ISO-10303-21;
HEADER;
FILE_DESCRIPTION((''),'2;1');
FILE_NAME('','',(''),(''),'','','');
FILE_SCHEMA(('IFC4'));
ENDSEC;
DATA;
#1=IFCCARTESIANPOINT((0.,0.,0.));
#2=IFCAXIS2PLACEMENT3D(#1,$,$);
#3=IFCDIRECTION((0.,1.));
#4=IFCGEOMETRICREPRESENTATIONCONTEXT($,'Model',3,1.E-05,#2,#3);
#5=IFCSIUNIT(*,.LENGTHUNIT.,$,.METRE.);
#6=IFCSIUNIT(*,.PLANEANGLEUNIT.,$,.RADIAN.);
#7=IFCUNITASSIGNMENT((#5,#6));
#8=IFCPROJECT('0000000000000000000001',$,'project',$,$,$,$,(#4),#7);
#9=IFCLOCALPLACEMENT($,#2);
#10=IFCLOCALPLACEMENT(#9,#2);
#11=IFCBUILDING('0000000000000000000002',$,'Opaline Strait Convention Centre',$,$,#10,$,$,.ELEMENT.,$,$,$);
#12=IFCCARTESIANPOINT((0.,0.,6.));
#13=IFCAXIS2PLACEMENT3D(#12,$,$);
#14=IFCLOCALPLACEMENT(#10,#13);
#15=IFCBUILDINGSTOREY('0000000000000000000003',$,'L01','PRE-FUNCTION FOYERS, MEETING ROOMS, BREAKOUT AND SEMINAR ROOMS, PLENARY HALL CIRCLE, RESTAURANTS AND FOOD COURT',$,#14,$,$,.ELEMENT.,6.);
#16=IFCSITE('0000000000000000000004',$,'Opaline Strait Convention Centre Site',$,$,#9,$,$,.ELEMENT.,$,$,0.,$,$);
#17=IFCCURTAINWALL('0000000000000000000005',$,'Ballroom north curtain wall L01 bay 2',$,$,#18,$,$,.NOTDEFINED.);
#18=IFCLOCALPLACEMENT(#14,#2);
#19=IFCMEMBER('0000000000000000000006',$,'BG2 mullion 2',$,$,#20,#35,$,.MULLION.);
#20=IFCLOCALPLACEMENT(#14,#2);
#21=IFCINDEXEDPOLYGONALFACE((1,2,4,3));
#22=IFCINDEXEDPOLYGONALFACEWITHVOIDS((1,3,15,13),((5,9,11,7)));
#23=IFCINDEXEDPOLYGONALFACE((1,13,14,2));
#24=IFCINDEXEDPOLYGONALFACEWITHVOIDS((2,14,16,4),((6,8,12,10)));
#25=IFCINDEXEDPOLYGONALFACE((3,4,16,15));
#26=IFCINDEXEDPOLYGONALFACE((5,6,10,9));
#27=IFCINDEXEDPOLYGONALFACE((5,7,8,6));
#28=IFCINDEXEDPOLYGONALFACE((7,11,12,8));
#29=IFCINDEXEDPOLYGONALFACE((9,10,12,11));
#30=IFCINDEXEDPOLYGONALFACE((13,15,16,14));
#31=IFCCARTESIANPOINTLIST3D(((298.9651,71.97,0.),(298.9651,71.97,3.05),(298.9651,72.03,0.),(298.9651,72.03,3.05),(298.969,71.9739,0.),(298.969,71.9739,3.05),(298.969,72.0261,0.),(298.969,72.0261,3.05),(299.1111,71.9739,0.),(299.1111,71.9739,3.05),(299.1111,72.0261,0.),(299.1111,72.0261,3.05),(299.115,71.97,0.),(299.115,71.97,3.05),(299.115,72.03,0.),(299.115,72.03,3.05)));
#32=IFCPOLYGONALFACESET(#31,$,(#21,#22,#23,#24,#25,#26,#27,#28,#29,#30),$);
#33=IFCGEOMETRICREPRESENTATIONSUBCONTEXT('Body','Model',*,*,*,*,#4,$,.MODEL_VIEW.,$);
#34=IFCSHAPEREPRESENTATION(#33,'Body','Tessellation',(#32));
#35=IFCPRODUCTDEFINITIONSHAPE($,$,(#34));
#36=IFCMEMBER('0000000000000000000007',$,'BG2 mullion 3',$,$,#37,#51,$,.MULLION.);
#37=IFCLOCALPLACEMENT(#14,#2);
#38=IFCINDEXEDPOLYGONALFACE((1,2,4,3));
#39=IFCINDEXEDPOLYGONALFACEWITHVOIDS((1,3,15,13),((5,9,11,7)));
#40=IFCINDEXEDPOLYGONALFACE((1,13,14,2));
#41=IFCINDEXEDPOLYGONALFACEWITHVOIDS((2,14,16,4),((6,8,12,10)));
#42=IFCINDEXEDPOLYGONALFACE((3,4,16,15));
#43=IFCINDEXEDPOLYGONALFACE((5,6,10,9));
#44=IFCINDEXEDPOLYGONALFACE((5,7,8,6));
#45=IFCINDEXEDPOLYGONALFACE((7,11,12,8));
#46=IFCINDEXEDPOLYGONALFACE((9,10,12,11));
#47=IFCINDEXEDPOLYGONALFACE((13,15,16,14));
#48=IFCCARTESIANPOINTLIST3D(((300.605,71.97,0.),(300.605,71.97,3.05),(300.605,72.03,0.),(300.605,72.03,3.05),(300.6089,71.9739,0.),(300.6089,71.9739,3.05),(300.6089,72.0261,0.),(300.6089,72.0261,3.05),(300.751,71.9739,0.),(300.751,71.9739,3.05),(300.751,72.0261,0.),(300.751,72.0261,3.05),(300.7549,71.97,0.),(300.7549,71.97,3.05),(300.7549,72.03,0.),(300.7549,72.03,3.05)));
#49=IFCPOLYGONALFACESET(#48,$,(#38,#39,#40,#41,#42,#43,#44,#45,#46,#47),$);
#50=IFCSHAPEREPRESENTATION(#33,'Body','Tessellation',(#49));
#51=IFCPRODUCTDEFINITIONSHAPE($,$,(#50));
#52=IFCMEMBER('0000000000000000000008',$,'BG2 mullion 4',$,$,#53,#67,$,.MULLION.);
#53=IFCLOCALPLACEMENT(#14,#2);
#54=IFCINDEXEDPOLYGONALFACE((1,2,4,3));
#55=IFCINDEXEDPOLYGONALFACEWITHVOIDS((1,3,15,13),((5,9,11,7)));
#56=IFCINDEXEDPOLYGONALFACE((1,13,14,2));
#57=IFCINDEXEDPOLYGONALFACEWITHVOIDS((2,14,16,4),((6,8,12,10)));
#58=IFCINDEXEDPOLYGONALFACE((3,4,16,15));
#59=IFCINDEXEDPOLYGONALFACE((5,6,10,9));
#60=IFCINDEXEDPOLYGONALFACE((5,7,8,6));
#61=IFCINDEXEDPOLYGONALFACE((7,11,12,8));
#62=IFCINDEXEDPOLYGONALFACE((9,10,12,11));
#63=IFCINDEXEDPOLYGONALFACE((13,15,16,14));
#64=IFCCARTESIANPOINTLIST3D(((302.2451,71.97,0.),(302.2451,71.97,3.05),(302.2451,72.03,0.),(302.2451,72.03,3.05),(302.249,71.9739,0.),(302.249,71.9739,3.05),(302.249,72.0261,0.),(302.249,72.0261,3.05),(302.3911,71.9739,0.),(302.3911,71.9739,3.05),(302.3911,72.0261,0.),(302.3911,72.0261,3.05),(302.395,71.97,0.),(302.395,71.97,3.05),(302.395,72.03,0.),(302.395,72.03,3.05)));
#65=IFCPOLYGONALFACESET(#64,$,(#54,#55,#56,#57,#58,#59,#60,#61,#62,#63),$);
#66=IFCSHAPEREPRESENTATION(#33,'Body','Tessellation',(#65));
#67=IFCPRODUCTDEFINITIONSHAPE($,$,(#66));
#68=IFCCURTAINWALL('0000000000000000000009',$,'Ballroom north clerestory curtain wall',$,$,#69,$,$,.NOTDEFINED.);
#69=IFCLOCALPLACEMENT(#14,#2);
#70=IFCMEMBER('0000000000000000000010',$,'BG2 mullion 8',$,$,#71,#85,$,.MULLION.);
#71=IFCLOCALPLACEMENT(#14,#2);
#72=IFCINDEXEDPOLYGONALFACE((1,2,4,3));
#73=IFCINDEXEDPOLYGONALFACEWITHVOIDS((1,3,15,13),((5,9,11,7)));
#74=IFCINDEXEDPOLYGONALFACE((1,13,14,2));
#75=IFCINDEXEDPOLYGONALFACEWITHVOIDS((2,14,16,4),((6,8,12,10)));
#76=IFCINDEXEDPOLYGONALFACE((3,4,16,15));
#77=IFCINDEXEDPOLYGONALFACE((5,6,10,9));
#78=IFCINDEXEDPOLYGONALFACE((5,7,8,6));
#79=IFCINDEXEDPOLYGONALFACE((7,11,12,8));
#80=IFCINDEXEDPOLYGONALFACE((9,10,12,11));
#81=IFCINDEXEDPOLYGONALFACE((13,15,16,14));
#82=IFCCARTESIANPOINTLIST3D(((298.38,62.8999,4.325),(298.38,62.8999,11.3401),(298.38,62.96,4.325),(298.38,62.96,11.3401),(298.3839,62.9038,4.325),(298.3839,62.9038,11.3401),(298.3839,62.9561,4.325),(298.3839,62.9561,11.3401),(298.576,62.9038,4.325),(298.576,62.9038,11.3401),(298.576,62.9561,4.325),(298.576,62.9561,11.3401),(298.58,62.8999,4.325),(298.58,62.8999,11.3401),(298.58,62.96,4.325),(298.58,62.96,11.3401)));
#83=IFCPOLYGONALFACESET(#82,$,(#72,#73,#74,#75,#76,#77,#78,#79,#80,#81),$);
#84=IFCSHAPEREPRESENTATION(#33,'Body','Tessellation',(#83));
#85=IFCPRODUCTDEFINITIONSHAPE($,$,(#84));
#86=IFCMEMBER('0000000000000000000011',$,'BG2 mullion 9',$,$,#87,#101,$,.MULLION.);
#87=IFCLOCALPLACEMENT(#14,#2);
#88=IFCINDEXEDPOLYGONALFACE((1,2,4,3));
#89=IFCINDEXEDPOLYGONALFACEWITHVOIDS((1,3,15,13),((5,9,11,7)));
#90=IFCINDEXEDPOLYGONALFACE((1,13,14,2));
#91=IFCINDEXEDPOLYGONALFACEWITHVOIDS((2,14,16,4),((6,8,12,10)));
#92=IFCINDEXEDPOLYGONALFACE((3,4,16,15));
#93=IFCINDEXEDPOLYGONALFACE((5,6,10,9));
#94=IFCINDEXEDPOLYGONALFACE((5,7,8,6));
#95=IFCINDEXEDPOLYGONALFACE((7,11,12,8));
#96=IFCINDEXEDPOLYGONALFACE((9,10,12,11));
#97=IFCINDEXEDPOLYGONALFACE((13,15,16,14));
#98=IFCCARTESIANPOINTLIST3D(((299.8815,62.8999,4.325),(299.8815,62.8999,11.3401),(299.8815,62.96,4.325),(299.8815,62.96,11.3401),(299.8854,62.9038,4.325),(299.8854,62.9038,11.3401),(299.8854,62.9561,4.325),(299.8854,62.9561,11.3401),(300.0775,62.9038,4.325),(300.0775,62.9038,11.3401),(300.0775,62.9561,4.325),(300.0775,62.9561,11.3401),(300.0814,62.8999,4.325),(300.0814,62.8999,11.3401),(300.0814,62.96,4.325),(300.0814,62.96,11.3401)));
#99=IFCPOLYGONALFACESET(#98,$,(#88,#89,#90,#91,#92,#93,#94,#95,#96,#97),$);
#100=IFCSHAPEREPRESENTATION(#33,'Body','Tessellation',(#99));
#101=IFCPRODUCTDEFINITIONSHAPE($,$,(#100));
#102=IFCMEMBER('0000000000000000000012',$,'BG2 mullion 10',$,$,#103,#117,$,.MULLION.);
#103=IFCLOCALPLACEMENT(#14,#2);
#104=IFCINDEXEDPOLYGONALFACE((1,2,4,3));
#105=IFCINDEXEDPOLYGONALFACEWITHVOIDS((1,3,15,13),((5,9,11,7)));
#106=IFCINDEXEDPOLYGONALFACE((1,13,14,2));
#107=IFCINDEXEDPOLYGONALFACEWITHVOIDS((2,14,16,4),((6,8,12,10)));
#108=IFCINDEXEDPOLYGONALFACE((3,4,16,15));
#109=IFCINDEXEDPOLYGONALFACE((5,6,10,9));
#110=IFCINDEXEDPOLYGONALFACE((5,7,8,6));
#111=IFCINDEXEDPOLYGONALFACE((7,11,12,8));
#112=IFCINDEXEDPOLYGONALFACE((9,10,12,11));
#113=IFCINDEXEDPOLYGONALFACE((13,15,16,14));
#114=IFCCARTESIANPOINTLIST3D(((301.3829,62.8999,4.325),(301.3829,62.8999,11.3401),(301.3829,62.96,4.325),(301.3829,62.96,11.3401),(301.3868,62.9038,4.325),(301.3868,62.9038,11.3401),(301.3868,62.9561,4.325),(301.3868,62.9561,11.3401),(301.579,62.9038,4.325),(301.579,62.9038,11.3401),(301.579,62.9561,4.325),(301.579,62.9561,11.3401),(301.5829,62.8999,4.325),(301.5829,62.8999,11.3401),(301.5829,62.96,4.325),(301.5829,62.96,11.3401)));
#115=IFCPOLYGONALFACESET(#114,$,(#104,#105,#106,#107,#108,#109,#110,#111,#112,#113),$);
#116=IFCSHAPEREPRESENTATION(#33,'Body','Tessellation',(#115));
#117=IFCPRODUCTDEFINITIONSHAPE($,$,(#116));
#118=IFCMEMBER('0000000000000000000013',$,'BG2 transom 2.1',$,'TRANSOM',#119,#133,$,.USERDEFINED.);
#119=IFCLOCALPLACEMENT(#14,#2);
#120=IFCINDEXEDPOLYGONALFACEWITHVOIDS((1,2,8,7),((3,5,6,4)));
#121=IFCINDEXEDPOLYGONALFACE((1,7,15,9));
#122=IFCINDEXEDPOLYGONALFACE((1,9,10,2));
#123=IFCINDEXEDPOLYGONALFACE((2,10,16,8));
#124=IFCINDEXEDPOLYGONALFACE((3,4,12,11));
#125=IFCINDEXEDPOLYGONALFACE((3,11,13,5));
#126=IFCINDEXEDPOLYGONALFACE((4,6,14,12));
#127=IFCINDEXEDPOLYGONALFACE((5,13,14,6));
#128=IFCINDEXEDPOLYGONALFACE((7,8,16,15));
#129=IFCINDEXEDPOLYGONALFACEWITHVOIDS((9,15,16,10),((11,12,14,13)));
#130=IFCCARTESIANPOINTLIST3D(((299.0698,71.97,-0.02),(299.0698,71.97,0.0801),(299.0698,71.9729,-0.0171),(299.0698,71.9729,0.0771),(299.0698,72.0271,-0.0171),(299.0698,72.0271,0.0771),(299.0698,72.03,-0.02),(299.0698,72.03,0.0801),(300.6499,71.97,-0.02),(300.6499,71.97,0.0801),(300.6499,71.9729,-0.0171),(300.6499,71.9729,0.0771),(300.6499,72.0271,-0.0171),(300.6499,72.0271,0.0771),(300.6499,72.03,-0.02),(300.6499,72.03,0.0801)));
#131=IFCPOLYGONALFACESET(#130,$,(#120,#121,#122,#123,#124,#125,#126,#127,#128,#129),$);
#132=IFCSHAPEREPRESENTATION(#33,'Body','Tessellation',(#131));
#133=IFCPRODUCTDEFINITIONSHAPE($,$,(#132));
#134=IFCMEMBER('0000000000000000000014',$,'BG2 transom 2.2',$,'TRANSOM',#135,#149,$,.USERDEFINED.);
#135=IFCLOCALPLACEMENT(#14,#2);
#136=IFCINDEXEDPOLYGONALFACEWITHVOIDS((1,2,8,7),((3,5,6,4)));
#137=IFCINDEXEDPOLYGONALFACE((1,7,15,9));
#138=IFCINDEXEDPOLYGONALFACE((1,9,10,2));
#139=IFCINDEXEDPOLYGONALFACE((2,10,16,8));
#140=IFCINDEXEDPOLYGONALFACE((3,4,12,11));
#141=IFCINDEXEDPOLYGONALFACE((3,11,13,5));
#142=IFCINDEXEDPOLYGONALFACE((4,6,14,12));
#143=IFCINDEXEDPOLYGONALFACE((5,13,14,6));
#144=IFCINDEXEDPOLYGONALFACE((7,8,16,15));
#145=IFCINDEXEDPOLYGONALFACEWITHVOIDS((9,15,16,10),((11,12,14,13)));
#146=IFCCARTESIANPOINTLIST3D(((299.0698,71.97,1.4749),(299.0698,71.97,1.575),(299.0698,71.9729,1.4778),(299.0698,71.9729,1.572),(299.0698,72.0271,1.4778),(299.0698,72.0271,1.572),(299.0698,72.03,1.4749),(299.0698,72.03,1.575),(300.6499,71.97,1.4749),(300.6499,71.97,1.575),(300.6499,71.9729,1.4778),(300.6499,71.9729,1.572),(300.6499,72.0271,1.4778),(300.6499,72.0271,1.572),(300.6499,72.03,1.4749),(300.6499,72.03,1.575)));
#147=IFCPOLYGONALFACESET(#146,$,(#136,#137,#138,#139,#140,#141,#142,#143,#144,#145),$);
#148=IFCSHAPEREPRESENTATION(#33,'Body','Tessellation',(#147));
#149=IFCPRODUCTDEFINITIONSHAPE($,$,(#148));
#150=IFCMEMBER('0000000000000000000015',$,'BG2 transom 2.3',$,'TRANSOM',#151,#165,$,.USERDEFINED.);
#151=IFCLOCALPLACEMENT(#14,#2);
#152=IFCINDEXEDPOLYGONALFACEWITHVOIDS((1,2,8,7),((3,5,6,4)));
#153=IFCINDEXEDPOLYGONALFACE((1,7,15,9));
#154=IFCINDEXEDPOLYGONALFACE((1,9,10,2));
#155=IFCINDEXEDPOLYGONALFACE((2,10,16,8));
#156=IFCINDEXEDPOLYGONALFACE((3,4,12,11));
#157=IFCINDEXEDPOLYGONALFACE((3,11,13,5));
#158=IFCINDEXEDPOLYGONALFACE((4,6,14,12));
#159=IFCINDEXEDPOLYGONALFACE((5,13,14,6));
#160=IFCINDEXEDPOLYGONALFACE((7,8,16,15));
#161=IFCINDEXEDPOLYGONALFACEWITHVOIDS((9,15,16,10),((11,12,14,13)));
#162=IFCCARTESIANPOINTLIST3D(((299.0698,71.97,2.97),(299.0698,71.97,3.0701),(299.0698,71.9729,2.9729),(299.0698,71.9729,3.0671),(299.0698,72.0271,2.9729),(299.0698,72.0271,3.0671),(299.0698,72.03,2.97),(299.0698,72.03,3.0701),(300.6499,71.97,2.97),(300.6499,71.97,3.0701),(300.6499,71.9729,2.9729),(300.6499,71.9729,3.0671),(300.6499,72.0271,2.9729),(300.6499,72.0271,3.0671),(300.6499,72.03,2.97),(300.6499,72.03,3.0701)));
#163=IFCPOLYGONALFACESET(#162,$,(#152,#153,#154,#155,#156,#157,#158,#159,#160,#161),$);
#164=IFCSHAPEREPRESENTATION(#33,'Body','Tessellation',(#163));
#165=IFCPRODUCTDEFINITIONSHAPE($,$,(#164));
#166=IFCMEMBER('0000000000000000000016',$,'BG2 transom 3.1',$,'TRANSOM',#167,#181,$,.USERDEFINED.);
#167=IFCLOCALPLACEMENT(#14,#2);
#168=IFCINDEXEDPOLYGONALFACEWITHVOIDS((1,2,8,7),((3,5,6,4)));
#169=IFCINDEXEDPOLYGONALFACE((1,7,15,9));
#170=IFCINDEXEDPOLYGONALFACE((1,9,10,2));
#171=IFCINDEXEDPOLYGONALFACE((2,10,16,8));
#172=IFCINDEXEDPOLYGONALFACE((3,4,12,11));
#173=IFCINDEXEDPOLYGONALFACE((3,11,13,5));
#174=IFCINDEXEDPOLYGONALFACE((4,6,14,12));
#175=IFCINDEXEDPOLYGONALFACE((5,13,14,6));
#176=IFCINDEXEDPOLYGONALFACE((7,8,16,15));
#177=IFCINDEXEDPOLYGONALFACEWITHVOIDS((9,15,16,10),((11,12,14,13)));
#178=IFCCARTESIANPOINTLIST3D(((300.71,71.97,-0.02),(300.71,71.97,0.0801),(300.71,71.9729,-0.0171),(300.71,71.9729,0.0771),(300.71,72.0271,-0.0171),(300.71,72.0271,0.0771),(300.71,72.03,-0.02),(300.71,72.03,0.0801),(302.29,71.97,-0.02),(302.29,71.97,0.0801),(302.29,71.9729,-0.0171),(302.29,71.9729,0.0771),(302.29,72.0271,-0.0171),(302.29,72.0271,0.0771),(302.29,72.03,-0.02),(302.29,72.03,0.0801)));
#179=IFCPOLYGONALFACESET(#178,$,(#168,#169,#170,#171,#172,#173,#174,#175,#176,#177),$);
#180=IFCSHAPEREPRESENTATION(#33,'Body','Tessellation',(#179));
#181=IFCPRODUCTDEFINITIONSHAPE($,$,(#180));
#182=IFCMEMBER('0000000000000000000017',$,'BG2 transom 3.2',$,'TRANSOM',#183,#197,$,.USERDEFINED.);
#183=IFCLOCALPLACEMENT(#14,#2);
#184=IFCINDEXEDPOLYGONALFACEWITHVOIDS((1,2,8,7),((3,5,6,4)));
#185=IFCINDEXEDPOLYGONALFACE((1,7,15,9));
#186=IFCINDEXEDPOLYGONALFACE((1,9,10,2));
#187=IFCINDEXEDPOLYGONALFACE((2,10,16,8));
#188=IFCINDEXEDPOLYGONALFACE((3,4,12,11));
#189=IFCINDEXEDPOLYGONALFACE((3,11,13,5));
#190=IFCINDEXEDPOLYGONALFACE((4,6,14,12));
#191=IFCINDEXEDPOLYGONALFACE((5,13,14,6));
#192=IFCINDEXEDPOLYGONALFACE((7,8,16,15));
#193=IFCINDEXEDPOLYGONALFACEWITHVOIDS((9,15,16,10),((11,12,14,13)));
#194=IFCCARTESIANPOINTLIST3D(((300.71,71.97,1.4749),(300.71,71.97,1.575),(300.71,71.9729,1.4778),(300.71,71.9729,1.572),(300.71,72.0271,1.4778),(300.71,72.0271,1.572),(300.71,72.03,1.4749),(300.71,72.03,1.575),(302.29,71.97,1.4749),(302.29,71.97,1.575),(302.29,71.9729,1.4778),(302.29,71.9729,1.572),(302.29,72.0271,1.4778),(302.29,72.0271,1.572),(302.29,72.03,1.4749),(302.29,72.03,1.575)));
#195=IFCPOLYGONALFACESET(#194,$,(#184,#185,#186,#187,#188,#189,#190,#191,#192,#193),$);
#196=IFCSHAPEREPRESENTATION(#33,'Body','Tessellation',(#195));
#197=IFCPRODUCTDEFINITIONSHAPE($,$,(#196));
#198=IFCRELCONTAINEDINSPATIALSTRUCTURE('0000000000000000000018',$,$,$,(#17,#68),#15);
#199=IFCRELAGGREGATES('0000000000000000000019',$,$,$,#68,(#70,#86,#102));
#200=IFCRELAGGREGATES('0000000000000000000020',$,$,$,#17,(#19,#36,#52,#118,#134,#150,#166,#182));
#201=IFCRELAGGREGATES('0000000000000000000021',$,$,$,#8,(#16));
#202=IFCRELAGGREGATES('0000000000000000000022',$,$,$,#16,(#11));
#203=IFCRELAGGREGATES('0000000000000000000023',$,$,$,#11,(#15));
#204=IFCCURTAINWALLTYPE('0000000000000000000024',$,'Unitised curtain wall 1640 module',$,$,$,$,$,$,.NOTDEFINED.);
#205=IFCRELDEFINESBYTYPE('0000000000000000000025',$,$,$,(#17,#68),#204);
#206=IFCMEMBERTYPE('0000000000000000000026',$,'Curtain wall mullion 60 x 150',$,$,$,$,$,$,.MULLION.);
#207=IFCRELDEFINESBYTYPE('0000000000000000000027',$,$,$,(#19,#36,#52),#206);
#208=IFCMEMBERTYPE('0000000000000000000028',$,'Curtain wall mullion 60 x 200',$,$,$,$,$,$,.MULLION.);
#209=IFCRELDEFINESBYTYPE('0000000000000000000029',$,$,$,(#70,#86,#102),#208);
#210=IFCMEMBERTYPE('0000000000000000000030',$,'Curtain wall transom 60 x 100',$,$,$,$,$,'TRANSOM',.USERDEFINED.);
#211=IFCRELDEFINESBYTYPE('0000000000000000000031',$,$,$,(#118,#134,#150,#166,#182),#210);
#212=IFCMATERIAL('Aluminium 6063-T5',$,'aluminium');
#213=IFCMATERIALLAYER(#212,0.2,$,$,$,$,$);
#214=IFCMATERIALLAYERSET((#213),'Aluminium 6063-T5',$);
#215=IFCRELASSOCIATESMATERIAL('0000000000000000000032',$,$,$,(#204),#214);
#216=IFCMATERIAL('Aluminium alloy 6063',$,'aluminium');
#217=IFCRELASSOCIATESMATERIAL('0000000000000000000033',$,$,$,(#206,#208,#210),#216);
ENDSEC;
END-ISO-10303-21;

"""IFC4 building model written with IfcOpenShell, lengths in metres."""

from ifc_helpers import new_model, si_unit, direction, frame, origin, origin_2d, place, context, subcontext, project, spatial, hollow_rectangle, extrude, material, layer, layer_set, material_profile, profile_set, type_object, element, aggregate, save


model = new_model("IFC4")

# Units and contexts
model_context = context("Model", 3, precision=1e-05, world=origin(), true_north=direction((0.0, 1.0)))
body_context = subcontext(model_context, "Body", "Model", "MODEL_VIEW")
ifc_project = project(units=[si_unit("LENGTHUNIT", "METRE"), si_unit("PLANEANGLEUNIT", "RADIAN")], contexts=[model_context])

# Site, building, storey
site_placement = place(None, origin())
site = spatial("IfcSite", under=ifc_project, at=site_placement, Name="Opaline Strait Convention Centre Site", CompositionType="ELEMENT", RefElevation=0.0)
building_placement = place(site_placement, origin())
building = spatial("IfcBuilding", under=site, at=building_placement, Name="Opaline Strait Convention Centre", CompositionType="ELEMENT")
storey_placement = place(building_placement, frame((0.0, 0.0, 6.0)))
storey = spatial("IfcBuildingStorey", under=building, at=storey_placement, Name="L01", Description="PRE-FUNCTION FOYERS, MEETING ROOMS, BREAKOUT AND SEMINAR ROOMS, PLENARY HALL CIRCLE, RESTAURANTS AND FOOD COURT", CompositionType="ELEMENT", Elevation=6.0)

# Curtain walls, members
ifc_material_1 = material(Name="Aluminium 6063-T5", Category="aluminium")
ifc_layer_1 = layer(ifc_material_1, 0.2)
ifc_layer_set_1 = layer_set([ifc_layer_1], Name="Aluminium 6063-T5")
curtain_wall_type = type_object("IfcCurtainWallType", Name="Unitised curtain wall 1640 module", PredefinedType="NOTDEFINED", material=ifc_layer_set_1)
curtain_wall_1_placement = place(storey_placement, origin())
curtain_wall_1 = element("IfcCurtainWall", 1, at=curtain_wall_1_placement, inside=storey, type_object=curtain_wall_type, Name="Ballroom north curtain wall L01 bay 2", PredefinedType="NOTDEFINED")
ifc_material_2 = material(Name="Aluminium alloy 6063", Category="aluminium")
ifc_material_profile_1 = material_profile(ifc_material_2, hollow_rectangle(XDim=0.0601, YDim=0.1499, WallThickness=0.0039, at=origin_2d()), Name="MULLION 60x150x4")
ifc_profile_set_1 = profile_set([ifc_material_profile_1], Name="Aluminium alloy 6063")
member_type_1 = type_object("IfcMemberType", Name="Curtain wall mullion 60 x 150", PredefinedType="MULLION", material=ifc_profile_set_1)
member_1_placement = place(storey_placement, frame((299.04, 72.0, 0.0), z_axis=(0.0, 0.0, 1.0), x_axis=(0.0, 1.0, 0.0)))
member_1 = element("IfcMember", 2, at=member_1_placement, type_object=member_type_1, Name="BG2 mullion 2", PredefinedType="MULLION", context=body_context, shape_type="SweptSolid", body=[
    extrude(hollow_rectangle(XDim=0.0601, YDim=0.1499, WallThickness=0.0039, at=origin_2d()), origin(), (0.0, 0.0, 1.0), 3.05),
])
member_2_placement = place(storey_placement, frame((300.6799, 72.0, 0.0), z_axis=(0.0, 0.0, 1.0), x_axis=(0.0, 1.0, 0.0)))
member_2 = element("IfcMember", 3, at=member_2_placement, type_object=member_type_1, Name="BG2 mullion 3", PredefinedType="MULLION", context=body_context, shape_type="SweptSolid", body=[
    extrude(hollow_rectangle(XDim=0.0601, YDim=0.1499, WallThickness=0.0039, at=origin_2d()), origin(), (0.0, 0.0, 1.0), 3.05),
])
member_3_placement = place(storey_placement, frame((302.3201, 72.0, 0.0), z_axis=(0.0, 0.0, 1.0), x_axis=(0.0, 1.0, 0.0)))
member_3 = element("IfcMember", 4, at=member_3_placement, type_object=member_type_1, Name="BG2 mullion 4", PredefinedType="MULLION", context=body_context, shape_type="SweptSolid", body=[
    extrude(hollow_rectangle(XDim=0.0601, YDim=0.1499, WallThickness=0.0039, at=origin_2d()), origin(), (0.0, 0.0, 1.0), 3.05),
])
curtain_wall_2_placement = place(storey_placement, origin())
curtain_wall_2 = element("IfcCurtainWall", 5, at=curtain_wall_2_placement, inside=storey, type_object=curtain_wall_type, Name="Ballroom north clerestory curtain wall", PredefinedType="NOTDEFINED")
ifc_material_profile_2 = material_profile(ifc_material_2, hollow_rectangle(XDim=0.0601, YDim=0.2, WallThickness=0.0039, at=origin_2d()), Name="MULLION 60x200x4")
ifc_profile_set_2 = profile_set([ifc_material_profile_2], Name="Aluminium alloy 6063")
member_type_2 = type_object("IfcMemberType", Name="Curtain wall mullion 60 x 200", PredefinedType="MULLION", material=ifc_profile_set_2)
member_4_placement = place(storey_placement, frame((298.48, 62.9299, 4.325), z_axis=(0.0, 0.0, 1.0), x_axis=(0.0, 1.0, 0.0)))
member_4 = element("IfcMember", 6, at=member_4_placement, type_object=member_type_2, Name="BG2 mullion 8", PredefinedType="MULLION", context=body_context, shape_type="SweptSolid", body=[
    extrude(hollow_rectangle(XDim=0.0601, YDim=0.2, WallThickness=0.0039, at=origin_2d()), origin(), (0.0, 0.0, 1.0), 7.0151),
])
member_5_placement = place(storey_placement, frame((299.9814, 62.9299, 4.325), z_axis=(0.0, 0.0, 1.0), x_axis=(0.0, 1.0, 0.0)))
member_5 = element("IfcMember", 7, at=member_5_placement, type_object=member_type_2, Name="BG2 mullion 9", PredefinedType="MULLION", context=body_context, shape_type="SweptSolid", body=[
    extrude(hollow_rectangle(XDim=0.0601, YDim=0.2, WallThickness=0.0039, at=origin_2d()), origin(), (0.0, 0.0, 1.0), 7.0151),
])
member_6_placement = place(storey_placement, frame((301.4829, 62.9299, 4.325), z_axis=(0.0, 0.0, 1.0), x_axis=(0.0, 1.0, 0.0)))
member_6 = element("IfcMember", 8, at=member_6_placement, type_object=member_type_2, Name="BG2 mullion 10", PredefinedType="MULLION", context=body_context, shape_type="SweptSolid", body=[
    extrude(hollow_rectangle(XDim=0.0601, YDim=0.2, WallThickness=0.0039, at=origin_2d()), origin(), (0.0, 0.0, 1.0), 7.0151),
])

# Members
ifc_material_profile_3 = material_profile(ifc_material_2, hollow_rectangle(XDim=0.0601, YDim=0.1001, WallThickness=0.0029, at=origin_2d()), Name="TRANSOM 60x100x3")
ifc_profile_set_3 = profile_set([ifc_material_profile_3], Name="Aluminium alloy 6063")
member_type_3 = type_object("IfcMemberType", Name="Curtain wall transom 60 x 100", ElementType="TRANSOM", PredefinedType="USERDEFINED", material=ifc_profile_set_3)
member_7_placement = place(storey_placement, frame((299.0698, 72.0, 0.03), z_axis=(1.0, 0.0, 0.0), x_axis=(0.0, 1.0, 0.0)))
member_7 = element("IfcMember", 9, at=member_7_placement, type_object=member_type_3, Name="BG2 transom 2.1", ObjectType="TRANSOM", PredefinedType="USERDEFINED", context=body_context, shape_type="SweptSolid", body=[
    extrude(hollow_rectangle(XDim=0.0601, YDim=0.1001, WallThickness=0.0029, at=origin_2d()), origin(), (0.0, 0.0, 1.0), 1.5801),
])
member_8_placement = place(storey_placement, frame((299.0698, 72.0, 1.5249), z_axis=(1.0, 0.0, 0.0), x_axis=(0.0, 1.0, 0.0)))
member_8 = element("IfcMember", 10, at=member_8_placement, type_object=member_type_3, Name="BG2 transom 2.2", ObjectType="TRANSOM", PredefinedType="USERDEFINED", context=body_context, shape_type="SweptSolid", body=[
    extrude(hollow_rectangle(XDim=0.0601, YDim=0.1001, WallThickness=0.0029, at=origin_2d()), origin(), (0.0, 0.0, 1.0), 1.5801),
])
member_9_placement = place(storey_placement, frame((299.0698, 72.0, 3.02), z_axis=(1.0, 0.0, 0.0), x_axis=(0.0, 1.0, 0.0)))
member_9 = element("IfcMember", 11, at=member_9_placement, type_object=member_type_3, Name="BG2 transom 2.3", ObjectType="TRANSOM", PredefinedType="USERDEFINED", context=body_context, shape_type="SweptSolid", body=[
    extrude(hollow_rectangle(XDim=0.0601, YDim=0.1001, WallThickness=0.0029, at=origin_2d()), origin(), (0.0, 0.0, 1.0), 1.5801),
])
member_10_placement = place(storey_placement, frame((300.71, 72.0, 0.03), z_axis=(1.0, 0.0, 0.0), x_axis=(0.0, 1.0, 0.0)))
member_10 = element("IfcMember", 12, at=member_10_placement, type_object=member_type_3, Name="BG2 transom 3.1", ObjectType="TRANSOM", PredefinedType="USERDEFINED", context=body_context, shape_type="SweptSolid", body=[
    extrude(hollow_rectangle(XDim=0.0601, YDim=0.1001, WallThickness=0.0029, at=origin_2d()), origin(), (0.0, 0.0, 1.0), 1.5801),
])
member_11_placement = place(storey_placement, frame((300.71, 72.0, 1.5249), z_axis=(1.0, 0.0, 0.0), x_axis=(0.0, 1.0, 0.0)))
member_11 = element("IfcMember", 13, at=member_11_placement, type_object=member_type_3, Name="BG2 transom 3.2", ObjectType="TRANSOM", PredefinedType="USERDEFINED", context=body_context, shape_type="SweptSolid", body=[
    extrude(hollow_rectangle(XDim=0.0601, YDim=0.1001, WallThickness=0.0029, at=origin_2d()), origin(), (0.0, 0.0, 1.0), 1.5801),
])
aggregate(curtain_wall_2, [member_4, member_5, member_6])

aggregate(curtain_wall_1, [member_1, member_2, member_3, member_7, member_8, member_9, member_10, member_11])

save(model, "model.ifc")
